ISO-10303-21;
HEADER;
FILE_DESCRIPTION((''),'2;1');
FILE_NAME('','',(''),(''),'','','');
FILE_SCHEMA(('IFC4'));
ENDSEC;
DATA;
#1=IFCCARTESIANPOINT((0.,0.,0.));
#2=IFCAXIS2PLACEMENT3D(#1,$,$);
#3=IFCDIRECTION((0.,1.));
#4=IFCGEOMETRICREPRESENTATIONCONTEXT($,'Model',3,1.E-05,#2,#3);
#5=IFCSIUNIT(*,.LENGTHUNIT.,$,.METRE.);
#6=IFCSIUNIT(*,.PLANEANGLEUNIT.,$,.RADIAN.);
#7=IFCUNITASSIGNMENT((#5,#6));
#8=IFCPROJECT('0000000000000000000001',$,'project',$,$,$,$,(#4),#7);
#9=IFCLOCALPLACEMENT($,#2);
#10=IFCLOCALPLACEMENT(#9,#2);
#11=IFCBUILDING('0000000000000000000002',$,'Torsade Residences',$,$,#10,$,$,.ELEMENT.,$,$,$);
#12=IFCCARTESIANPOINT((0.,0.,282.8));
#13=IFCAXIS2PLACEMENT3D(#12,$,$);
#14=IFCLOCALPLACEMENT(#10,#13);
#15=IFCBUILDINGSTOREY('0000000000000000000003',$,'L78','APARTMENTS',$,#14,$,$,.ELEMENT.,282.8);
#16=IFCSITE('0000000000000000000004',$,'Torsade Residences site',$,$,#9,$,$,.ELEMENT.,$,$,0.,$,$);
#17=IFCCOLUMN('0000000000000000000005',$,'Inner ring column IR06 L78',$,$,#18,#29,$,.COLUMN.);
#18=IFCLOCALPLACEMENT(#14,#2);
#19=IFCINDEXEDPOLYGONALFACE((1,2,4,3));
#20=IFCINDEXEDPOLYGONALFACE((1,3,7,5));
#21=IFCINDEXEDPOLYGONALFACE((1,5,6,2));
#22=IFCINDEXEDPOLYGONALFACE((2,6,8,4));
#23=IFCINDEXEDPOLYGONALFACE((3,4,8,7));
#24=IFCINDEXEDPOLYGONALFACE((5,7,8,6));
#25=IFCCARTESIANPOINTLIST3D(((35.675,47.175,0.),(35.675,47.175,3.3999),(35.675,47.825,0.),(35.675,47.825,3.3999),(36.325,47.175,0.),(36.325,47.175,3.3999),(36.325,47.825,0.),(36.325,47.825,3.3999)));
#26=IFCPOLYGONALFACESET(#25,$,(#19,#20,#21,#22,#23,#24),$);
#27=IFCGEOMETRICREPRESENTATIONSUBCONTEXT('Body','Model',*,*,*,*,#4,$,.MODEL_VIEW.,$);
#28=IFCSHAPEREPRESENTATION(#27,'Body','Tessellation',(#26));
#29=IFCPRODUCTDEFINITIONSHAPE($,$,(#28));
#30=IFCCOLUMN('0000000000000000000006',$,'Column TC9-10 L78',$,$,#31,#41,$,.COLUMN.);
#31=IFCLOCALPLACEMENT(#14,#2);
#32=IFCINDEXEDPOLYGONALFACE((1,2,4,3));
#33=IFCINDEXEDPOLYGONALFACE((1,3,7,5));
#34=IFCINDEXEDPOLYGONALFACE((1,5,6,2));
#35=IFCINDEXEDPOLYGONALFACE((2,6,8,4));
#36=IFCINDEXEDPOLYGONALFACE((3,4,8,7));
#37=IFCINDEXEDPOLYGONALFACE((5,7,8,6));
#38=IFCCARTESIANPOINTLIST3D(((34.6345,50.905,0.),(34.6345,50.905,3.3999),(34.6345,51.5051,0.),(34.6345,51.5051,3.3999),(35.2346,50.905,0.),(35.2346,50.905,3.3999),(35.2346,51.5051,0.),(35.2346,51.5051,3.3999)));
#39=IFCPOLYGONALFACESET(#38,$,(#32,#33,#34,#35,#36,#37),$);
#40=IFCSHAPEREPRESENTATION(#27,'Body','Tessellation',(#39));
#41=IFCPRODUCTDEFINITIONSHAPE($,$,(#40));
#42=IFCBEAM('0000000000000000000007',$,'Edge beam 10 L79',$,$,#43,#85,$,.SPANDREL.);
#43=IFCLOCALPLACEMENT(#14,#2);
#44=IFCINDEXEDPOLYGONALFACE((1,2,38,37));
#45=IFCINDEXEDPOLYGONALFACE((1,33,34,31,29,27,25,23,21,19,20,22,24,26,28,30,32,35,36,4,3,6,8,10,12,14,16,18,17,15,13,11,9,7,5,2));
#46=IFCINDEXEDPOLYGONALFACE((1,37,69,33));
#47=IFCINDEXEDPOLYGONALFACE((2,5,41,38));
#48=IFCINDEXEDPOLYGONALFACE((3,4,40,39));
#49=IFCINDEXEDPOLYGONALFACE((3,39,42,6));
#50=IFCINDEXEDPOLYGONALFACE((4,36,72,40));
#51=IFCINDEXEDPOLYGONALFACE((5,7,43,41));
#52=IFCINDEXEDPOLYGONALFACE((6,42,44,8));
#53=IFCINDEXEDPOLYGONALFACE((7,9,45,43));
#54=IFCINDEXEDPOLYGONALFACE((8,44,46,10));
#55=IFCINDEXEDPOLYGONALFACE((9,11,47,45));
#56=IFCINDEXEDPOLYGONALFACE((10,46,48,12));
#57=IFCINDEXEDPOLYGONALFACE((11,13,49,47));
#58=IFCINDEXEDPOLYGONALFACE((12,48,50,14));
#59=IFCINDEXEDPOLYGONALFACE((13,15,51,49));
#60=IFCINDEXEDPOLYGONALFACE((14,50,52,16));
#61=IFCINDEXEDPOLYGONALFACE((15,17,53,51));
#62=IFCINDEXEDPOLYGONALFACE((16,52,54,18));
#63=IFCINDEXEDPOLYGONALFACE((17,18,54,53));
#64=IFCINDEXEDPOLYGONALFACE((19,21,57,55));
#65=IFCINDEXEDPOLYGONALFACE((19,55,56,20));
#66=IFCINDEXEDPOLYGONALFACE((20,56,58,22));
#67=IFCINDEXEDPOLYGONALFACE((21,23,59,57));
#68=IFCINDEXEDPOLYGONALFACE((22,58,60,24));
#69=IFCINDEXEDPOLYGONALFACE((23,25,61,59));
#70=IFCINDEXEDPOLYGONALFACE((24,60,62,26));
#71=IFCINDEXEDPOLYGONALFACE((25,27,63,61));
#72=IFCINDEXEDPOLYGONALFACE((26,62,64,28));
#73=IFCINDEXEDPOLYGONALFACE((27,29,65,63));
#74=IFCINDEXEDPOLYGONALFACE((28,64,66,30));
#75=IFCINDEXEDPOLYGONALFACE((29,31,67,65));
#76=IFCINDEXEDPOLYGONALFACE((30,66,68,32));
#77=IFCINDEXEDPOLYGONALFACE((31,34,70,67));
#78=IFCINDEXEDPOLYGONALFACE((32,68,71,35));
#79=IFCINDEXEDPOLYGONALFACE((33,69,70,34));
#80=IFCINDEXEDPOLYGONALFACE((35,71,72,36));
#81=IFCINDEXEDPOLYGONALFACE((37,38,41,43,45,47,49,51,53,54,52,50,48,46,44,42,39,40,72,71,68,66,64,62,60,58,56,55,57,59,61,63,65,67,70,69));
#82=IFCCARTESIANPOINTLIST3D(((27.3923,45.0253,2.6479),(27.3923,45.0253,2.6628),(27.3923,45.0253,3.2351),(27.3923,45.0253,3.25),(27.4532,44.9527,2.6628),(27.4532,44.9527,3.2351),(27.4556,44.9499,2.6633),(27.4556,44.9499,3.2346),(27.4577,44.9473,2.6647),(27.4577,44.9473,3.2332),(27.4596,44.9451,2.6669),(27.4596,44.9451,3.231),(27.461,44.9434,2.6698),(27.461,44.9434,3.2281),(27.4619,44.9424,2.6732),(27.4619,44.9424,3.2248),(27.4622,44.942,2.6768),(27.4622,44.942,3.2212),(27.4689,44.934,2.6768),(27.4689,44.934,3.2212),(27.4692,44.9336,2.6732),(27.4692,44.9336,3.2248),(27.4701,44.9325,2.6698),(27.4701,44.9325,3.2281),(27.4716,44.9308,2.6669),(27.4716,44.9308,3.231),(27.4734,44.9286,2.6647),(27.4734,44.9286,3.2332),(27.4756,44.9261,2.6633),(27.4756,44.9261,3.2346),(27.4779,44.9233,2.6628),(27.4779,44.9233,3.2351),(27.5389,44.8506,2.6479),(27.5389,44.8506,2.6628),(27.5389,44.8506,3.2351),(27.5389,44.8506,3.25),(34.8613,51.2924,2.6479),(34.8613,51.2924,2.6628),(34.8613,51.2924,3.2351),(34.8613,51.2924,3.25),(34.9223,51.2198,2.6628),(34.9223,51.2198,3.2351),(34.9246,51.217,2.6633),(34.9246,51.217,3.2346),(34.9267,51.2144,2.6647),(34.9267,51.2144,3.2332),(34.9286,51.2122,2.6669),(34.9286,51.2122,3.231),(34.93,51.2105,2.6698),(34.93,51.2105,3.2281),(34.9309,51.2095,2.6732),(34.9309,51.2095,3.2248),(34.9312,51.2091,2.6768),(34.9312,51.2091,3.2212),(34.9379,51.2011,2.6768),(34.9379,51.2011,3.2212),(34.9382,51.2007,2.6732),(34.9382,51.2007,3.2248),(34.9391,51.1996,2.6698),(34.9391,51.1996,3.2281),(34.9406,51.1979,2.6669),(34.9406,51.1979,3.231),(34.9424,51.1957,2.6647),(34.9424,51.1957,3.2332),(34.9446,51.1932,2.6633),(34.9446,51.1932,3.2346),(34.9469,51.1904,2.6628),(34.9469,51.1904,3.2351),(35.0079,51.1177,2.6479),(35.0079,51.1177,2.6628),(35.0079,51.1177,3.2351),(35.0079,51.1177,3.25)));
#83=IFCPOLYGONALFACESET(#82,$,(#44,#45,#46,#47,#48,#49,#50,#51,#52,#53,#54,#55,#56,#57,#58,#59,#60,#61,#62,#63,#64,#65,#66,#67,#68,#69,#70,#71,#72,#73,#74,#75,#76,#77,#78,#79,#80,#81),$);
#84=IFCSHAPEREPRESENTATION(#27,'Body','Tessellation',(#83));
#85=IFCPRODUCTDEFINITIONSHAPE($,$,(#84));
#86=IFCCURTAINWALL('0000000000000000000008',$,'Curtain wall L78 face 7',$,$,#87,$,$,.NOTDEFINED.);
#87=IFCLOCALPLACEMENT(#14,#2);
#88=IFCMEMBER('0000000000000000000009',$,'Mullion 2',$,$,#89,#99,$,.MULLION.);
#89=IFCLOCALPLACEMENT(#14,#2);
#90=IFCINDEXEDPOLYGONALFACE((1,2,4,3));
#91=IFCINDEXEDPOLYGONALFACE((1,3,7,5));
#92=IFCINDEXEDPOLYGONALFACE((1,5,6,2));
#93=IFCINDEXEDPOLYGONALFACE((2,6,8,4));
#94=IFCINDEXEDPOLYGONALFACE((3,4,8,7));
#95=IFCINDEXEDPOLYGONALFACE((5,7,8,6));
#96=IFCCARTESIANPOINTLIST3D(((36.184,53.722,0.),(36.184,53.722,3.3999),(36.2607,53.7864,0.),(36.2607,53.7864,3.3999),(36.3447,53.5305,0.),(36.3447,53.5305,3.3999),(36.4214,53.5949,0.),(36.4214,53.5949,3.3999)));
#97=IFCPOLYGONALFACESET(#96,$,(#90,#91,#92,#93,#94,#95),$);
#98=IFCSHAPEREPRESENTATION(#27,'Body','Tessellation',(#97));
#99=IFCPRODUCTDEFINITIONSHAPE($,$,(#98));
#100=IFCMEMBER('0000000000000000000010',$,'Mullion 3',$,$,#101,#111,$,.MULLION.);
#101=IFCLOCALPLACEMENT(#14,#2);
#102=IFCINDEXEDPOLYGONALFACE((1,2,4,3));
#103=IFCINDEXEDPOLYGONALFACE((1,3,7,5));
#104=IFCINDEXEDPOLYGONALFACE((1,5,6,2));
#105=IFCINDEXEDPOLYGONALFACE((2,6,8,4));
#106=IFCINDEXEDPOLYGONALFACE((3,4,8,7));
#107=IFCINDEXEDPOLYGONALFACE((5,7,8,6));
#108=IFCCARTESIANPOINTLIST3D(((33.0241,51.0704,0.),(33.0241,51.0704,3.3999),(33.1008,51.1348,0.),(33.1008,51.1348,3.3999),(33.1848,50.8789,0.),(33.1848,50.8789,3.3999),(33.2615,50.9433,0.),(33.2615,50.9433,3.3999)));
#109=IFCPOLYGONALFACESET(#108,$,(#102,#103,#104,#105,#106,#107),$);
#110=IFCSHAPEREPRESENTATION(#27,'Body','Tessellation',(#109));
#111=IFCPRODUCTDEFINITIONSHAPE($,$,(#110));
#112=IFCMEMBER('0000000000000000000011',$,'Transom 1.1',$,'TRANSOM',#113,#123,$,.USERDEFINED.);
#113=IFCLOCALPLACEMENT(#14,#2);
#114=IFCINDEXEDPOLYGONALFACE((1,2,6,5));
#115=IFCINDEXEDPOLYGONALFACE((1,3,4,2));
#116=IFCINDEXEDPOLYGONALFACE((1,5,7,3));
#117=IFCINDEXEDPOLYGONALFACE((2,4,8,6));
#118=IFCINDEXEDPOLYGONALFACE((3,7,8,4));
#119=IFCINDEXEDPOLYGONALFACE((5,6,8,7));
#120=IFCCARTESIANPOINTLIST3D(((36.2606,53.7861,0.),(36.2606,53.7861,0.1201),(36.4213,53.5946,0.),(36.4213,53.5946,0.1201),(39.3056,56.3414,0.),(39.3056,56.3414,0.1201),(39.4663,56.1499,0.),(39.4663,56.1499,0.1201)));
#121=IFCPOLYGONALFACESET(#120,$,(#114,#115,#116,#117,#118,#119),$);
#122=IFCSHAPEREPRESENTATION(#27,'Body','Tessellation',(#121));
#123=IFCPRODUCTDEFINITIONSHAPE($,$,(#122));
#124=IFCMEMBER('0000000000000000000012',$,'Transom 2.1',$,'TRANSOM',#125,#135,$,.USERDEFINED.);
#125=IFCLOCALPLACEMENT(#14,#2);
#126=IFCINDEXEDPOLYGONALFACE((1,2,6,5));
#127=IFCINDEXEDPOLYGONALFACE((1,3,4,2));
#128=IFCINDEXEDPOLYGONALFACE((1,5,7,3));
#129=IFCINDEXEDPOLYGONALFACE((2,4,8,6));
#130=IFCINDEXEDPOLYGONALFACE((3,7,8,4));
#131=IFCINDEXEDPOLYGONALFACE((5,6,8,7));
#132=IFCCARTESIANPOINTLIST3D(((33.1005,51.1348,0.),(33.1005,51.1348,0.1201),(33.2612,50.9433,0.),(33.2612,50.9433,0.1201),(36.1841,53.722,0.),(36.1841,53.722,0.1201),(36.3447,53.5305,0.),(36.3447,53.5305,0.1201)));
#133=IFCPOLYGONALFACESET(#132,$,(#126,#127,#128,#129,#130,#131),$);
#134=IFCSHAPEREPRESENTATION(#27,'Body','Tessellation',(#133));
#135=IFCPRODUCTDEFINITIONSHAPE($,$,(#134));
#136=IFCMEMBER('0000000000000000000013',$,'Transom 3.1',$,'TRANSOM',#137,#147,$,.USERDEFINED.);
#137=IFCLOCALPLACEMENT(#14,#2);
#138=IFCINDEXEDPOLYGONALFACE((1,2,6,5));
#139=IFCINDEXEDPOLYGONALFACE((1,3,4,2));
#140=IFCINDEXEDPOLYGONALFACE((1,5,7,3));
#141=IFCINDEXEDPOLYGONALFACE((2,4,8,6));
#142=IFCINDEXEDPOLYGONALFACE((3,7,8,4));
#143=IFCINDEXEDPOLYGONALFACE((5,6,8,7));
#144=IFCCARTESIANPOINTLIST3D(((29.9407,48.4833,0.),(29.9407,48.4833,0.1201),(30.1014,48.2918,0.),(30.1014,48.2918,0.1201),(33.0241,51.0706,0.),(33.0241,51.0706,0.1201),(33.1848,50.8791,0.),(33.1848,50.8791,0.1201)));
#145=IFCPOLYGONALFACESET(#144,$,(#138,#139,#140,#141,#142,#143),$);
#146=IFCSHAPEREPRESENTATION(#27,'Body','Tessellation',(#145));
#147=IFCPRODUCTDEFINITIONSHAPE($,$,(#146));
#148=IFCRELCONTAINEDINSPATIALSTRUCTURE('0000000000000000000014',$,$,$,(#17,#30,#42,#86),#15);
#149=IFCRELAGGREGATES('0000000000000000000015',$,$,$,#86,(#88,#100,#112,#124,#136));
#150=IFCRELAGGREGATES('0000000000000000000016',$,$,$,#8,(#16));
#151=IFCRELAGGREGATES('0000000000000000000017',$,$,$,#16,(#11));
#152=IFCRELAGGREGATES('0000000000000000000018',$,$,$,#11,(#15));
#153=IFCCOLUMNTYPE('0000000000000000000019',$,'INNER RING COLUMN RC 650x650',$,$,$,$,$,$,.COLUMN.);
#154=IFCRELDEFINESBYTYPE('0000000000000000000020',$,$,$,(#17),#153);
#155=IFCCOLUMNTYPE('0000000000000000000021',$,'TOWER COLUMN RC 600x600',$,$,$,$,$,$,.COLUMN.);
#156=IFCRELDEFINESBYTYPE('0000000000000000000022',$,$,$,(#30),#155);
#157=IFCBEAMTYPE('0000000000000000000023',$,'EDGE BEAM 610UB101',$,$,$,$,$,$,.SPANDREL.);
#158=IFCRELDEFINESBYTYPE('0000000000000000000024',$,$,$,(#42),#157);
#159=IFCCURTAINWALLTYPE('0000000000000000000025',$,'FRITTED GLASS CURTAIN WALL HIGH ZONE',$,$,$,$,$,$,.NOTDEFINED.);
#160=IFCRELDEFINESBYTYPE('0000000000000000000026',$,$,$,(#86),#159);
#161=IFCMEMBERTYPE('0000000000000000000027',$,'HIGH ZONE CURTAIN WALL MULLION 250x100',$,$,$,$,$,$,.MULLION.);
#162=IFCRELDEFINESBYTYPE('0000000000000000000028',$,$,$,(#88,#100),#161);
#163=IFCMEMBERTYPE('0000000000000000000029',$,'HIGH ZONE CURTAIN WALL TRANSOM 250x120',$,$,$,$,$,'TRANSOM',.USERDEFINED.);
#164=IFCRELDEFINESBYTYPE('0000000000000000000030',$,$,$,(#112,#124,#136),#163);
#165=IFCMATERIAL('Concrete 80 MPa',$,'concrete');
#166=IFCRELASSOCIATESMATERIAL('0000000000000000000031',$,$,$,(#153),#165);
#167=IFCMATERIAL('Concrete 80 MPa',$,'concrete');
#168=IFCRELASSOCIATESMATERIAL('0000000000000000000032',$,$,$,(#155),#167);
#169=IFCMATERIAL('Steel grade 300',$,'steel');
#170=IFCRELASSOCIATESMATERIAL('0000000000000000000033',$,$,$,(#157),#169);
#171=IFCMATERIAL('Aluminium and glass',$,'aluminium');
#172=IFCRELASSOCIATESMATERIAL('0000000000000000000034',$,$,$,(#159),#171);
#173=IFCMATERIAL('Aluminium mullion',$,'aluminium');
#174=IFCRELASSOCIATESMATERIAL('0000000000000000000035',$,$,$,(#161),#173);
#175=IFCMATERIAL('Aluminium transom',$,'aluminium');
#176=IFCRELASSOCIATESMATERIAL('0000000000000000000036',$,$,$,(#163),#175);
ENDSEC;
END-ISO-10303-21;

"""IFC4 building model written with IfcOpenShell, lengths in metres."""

from ifc_helpers import new_model, si_unit, direction, frame, origin, origin_2d, place, context, subcontext, project, spatial, rectangle, i_section, extrude, material, material_profile, profile_set, type_object, element, aggregate, save


model = new_model("IFC4")

# Units and contexts
model_context = context("Model", 3, precision=1e-05, world=origin(), true_north=direction((0.0, 1.0)))
body_context = subcontext(model_context, "Body", "Model", "MODEL_VIEW")
ifc_project = project(units=[si_unit("LENGTHUNIT", "METRE"), si_unit("PLANEANGLEUNIT", "RADIAN")], contexts=[model_context])

# Site, building, storey
site_placement = place(None, origin())
site = spatial("IfcSite", under=ifc_project, at=site_placement, Name="Torsade Residences site", CompositionType="ELEMENT", RefElevation=0.0)
building_placement = place(site_placement, origin())
building = spatial("IfcBuilding", under=site, at=building_placement, Name="Torsade Residences", CompositionType="ELEMENT")
storey_placement = place(building_placement, frame((0.0, 0.0, 282.8)))
storey = spatial("IfcBuildingStorey", under=building, at=storey_placement, Name="L78", Description="APARTMENTS", CompositionType="ELEMENT", Elevation=282.8)

# Columns
ifc_material_1 = material(Name="Concrete 80 MPa", Category="concrete")
ifc_material_profile_1 = material_profile(ifc_material_1, rectangle(XDim=0.6499, YDim=0.6499, at=origin_2d()), Name="RC 650x650")
ifc_profile_set_1 = profile_set([ifc_material_profile_1], Name="Concrete 80 MPa")
column_type_1 = type_object("IfcColumnType", Name="INNER RING COLUMN RC 650x650", PredefinedType="COLUMN", material=ifc_profile_set_1)
column_1_placement = place(storey_placement, frame((36.0, 47.5, 0.0), z_axis=(0.0, 0.0, 1.0), x_axis=(1.0, 0.0, 0.0)))
element("IfcColumn", 1, at=column_1_placement, inside=storey, type_object=column_type_1, Name="Inner ring column IR06 L78", PredefinedType="COLUMN", context=body_context, shape_type="SweptSolid", body=[
    extrude(rectangle(XDim=0.6499, YDim=0.6499, at=origin_2d()), origin(), (0.0, 0.0, 1.0), 3.3999),
])
ifc_material_2 = material(Name="Concrete 80 MPa", Category="concrete")
ifc_material_profile_2 = material_profile(ifc_material_2, rectangle(XDim=0.6001, YDim=0.6001, at=origin_2d()), Name="RC 600x600")
ifc_profile_set_2 = profile_set([ifc_material_profile_2], Name="Concrete 80 MPa")
column_type_2 = type_object("IfcColumnType", Name="TOWER COLUMN RC 600x600", PredefinedType="COLUMN", material=ifc_profile_set_2)
column_2_placement = place(storey_placement, frame((34.9346, 51.2051, 0.0), z_axis=(0.0, 0.0, 1.0), x_axis=(1.0, 0.0, 0.0)))
element("IfcColumn", 2, at=column_2_placement, inside=storey, type_object=column_type_2, Name="Column TC9-10 L78", PredefinedType="COLUMN", context=body_context, shape_type="SweptSolid", body=[
    extrude(rectangle(XDim=0.6001, YDim=0.6001, at=origin_2d()), origin(), (0.0, 0.0, 1.0), 3.3999),
])

# Beam
ifc_material_3 = material(Name="Steel grade 300", Category="steel")
ifc_material_profile_3 = material_profile(ifc_material_3, i_section(OverallWidth=0.228, OverallDepth=0.6021, WebThickness=0.0105, FlangeThickness=0.0149, FilletRadius=0.0139, at=origin_2d()), Name="610UB101")
ifc_profile_set_3 = profile_set([ifc_material_profile_3], Name="Steel grade 300")
beam_type_1 = type_object("IfcBeamType", Name="EDGE BEAM 610UB101", PredefinedType="SPANDREL", material=ifc_profile_set_3)
beam_1_placement = place(storey_placement, frame((34.9346, 51.2051, 2.949), z_axis=(-0.766052, -0.642779, 0.0), x_axis=(0.642779, -0.766052, 0.0)))
element("IfcBeam", 3, at=beam_1_placement, inside=storey, type_object=beam_type_1, Name="Edge beam 10 L79", PredefinedType="SPANDREL", context=body_context, shape_type="SweptSolid", body=[
    extrude(i_section(OverallWidth=0.228, OverallDepth=0.6021, WebThickness=0.0105, FlangeThickness=0.0149, FilletRadius=0.0139, at=origin_2d()), origin(), (0.0, 0.0, 1.0), 9.75),
])

# Curtain wall, members
ifc_material_4 = material(Name="Aluminium and glass", Category="aluminium")
curtain_wall_type = type_object("IfcCurtainWallType", Name="FRITTED GLASS CURTAIN WALL HIGH ZONE", PredefinedType="NOTDEFINED", material=ifc_material_4)
curtain_wall_placement = place(storey_placement, origin())
curtain_wall = element("IfcCurtainWall", 4, at=curtain_wall_placement, inside=storey, type_object=curtain_wall_type, Name="Curtain wall L78 face 7", PredefinedType="NOTDEFINED")
ifc_material_5 = material(Name="Aluminium mullion", Category="aluminium")
ifc_material_profile_4 = material_profile(ifc_material_5, rectangle(XDim=0.25, YDim=0.1001, at=origin_2d()), Name="HIGH ZONE CURTAIN WALL MULLION 250x100")
ifc_profile_set_4 = profile_set([ifc_material_profile_4], Name="Aluminium mullion")
member_type_1 = type_object("IfcMemberType", Name="HIGH ZONE CURTAIN WALL MULLION 250x100", PredefinedType="MULLION", material=ifc_profile_set_4)
member_1_placement = place(storey_placement, frame((36.3027, 53.6584, 0.0), z_axis=(0.0, 0.0, 1.0), x_axis=(0.642788, -0.766044, 0.0)))
member_1 = element("IfcMember", 5, at=member_1_placement, type_object=member_type_1, Name="Mullion 2", PredefinedType="MULLION", context=body_context, shape_type="SweptSolid", body=[
    extrude(rectangle(XDim=0.25, YDim=0.1001, at=origin_2d()), origin(), (0.0, 0.0, 1.0), 3.3999),
])
member_2_placement = place(storey_placement, frame((33.1428, 51.0068, 0.0), z_axis=(0.0, 0.0, 1.0), x_axis=(0.642788, -0.766044, 0.0)))
member_2 = element("IfcMember", 6, at=member_2_placement, type_object=member_type_1, Name="Mullion 3", PredefinedType="MULLION", context=body_context, shape_type="SweptSolid", body=[
    extrude(rectangle(XDim=0.25, YDim=0.1001, at=origin_2d()), origin(), (0.0, 0.0, 1.0), 3.3999),
])
ifc_material_6 = material(Name="Aluminium transom", Category="aluminium")
ifc_material_profile_5 = material_profile(ifc_material_6, rectangle(XDim=0.25, YDim=0.1201, at=origin_2d()), Name="HIGH ZONE CURTAIN WALL TRANSOM 250x120")
ifc_profile_set_5 = profile_set([ifc_material_profile_5], Name="Aluminium transom")
member_type_2 = type_object("IfcMemberType", Name="HIGH ZONE CURTAIN WALL TRANSOM 250x120", ElementType="TRANSOM", PredefinedType="USERDEFINED", material=ifc_profile_set_5)
member_3_placement = place(storey_placement, frame((39.386, 56.2456, 0.0601), z_axis=(-0.766022, -0.642815, 0.0), x_axis=(0.642815, -0.766022, 0.0)))
member_3 = element("IfcMember", 7, at=member_3_placement, type_object=member_type_2, Name="Transom 1.1", ObjectType="TRANSOM", PredefinedType="USERDEFINED", context=body_context, shape_type="SweptSolid", body=[
    extrude(rectangle(XDim=0.25, YDim=0.1201, at=origin_2d()), origin(), (0.0, 0.0, 1.0), 3.9751),
])
member_4_placement = place(storey_placement, frame((36.2644, 53.6262, 0.0601), z_axis=(-0.766069, -0.642758, 0.0), x_axis=(0.642758, -0.766069, 0.0)))
member_4 = element("IfcMember", 8, at=member_4_placement, type_object=member_type_2, Name="Transom 2.1", ObjectType="TRANSOM", PredefinedType="USERDEFINED", context=body_context, shape_type="SweptSolid", body=[
    extrude(rectangle(XDim=0.25, YDim=0.1201, at=origin_2d()), origin(), (0.0, 0.0, 1.0), 4.0251),
])
member_5_placement = place(storey_placement, frame((33.1045, 50.9749, 0.0601), z_axis=(-0.766039, -0.642794, 0.0), x_axis=(0.642794, -0.766039, 0.0)))
member_5 = element("IfcMember", 9, at=member_5_placement, type_object=member_type_2, Name="Transom 3.1", ObjectType="TRANSOM", PredefinedType="USERDEFINED", context=body_context, shape_type="SweptSolid", body=[
    extrude(rectangle(XDim=0.25, YDim=0.1201, at=origin_2d()), origin(), (0.0, 0.0, 1.0), 4.0251),
])

aggregate(curtain_wall, [member_1, member_2, member_3, member_4, member_5])

save(model, "model.ifc")
